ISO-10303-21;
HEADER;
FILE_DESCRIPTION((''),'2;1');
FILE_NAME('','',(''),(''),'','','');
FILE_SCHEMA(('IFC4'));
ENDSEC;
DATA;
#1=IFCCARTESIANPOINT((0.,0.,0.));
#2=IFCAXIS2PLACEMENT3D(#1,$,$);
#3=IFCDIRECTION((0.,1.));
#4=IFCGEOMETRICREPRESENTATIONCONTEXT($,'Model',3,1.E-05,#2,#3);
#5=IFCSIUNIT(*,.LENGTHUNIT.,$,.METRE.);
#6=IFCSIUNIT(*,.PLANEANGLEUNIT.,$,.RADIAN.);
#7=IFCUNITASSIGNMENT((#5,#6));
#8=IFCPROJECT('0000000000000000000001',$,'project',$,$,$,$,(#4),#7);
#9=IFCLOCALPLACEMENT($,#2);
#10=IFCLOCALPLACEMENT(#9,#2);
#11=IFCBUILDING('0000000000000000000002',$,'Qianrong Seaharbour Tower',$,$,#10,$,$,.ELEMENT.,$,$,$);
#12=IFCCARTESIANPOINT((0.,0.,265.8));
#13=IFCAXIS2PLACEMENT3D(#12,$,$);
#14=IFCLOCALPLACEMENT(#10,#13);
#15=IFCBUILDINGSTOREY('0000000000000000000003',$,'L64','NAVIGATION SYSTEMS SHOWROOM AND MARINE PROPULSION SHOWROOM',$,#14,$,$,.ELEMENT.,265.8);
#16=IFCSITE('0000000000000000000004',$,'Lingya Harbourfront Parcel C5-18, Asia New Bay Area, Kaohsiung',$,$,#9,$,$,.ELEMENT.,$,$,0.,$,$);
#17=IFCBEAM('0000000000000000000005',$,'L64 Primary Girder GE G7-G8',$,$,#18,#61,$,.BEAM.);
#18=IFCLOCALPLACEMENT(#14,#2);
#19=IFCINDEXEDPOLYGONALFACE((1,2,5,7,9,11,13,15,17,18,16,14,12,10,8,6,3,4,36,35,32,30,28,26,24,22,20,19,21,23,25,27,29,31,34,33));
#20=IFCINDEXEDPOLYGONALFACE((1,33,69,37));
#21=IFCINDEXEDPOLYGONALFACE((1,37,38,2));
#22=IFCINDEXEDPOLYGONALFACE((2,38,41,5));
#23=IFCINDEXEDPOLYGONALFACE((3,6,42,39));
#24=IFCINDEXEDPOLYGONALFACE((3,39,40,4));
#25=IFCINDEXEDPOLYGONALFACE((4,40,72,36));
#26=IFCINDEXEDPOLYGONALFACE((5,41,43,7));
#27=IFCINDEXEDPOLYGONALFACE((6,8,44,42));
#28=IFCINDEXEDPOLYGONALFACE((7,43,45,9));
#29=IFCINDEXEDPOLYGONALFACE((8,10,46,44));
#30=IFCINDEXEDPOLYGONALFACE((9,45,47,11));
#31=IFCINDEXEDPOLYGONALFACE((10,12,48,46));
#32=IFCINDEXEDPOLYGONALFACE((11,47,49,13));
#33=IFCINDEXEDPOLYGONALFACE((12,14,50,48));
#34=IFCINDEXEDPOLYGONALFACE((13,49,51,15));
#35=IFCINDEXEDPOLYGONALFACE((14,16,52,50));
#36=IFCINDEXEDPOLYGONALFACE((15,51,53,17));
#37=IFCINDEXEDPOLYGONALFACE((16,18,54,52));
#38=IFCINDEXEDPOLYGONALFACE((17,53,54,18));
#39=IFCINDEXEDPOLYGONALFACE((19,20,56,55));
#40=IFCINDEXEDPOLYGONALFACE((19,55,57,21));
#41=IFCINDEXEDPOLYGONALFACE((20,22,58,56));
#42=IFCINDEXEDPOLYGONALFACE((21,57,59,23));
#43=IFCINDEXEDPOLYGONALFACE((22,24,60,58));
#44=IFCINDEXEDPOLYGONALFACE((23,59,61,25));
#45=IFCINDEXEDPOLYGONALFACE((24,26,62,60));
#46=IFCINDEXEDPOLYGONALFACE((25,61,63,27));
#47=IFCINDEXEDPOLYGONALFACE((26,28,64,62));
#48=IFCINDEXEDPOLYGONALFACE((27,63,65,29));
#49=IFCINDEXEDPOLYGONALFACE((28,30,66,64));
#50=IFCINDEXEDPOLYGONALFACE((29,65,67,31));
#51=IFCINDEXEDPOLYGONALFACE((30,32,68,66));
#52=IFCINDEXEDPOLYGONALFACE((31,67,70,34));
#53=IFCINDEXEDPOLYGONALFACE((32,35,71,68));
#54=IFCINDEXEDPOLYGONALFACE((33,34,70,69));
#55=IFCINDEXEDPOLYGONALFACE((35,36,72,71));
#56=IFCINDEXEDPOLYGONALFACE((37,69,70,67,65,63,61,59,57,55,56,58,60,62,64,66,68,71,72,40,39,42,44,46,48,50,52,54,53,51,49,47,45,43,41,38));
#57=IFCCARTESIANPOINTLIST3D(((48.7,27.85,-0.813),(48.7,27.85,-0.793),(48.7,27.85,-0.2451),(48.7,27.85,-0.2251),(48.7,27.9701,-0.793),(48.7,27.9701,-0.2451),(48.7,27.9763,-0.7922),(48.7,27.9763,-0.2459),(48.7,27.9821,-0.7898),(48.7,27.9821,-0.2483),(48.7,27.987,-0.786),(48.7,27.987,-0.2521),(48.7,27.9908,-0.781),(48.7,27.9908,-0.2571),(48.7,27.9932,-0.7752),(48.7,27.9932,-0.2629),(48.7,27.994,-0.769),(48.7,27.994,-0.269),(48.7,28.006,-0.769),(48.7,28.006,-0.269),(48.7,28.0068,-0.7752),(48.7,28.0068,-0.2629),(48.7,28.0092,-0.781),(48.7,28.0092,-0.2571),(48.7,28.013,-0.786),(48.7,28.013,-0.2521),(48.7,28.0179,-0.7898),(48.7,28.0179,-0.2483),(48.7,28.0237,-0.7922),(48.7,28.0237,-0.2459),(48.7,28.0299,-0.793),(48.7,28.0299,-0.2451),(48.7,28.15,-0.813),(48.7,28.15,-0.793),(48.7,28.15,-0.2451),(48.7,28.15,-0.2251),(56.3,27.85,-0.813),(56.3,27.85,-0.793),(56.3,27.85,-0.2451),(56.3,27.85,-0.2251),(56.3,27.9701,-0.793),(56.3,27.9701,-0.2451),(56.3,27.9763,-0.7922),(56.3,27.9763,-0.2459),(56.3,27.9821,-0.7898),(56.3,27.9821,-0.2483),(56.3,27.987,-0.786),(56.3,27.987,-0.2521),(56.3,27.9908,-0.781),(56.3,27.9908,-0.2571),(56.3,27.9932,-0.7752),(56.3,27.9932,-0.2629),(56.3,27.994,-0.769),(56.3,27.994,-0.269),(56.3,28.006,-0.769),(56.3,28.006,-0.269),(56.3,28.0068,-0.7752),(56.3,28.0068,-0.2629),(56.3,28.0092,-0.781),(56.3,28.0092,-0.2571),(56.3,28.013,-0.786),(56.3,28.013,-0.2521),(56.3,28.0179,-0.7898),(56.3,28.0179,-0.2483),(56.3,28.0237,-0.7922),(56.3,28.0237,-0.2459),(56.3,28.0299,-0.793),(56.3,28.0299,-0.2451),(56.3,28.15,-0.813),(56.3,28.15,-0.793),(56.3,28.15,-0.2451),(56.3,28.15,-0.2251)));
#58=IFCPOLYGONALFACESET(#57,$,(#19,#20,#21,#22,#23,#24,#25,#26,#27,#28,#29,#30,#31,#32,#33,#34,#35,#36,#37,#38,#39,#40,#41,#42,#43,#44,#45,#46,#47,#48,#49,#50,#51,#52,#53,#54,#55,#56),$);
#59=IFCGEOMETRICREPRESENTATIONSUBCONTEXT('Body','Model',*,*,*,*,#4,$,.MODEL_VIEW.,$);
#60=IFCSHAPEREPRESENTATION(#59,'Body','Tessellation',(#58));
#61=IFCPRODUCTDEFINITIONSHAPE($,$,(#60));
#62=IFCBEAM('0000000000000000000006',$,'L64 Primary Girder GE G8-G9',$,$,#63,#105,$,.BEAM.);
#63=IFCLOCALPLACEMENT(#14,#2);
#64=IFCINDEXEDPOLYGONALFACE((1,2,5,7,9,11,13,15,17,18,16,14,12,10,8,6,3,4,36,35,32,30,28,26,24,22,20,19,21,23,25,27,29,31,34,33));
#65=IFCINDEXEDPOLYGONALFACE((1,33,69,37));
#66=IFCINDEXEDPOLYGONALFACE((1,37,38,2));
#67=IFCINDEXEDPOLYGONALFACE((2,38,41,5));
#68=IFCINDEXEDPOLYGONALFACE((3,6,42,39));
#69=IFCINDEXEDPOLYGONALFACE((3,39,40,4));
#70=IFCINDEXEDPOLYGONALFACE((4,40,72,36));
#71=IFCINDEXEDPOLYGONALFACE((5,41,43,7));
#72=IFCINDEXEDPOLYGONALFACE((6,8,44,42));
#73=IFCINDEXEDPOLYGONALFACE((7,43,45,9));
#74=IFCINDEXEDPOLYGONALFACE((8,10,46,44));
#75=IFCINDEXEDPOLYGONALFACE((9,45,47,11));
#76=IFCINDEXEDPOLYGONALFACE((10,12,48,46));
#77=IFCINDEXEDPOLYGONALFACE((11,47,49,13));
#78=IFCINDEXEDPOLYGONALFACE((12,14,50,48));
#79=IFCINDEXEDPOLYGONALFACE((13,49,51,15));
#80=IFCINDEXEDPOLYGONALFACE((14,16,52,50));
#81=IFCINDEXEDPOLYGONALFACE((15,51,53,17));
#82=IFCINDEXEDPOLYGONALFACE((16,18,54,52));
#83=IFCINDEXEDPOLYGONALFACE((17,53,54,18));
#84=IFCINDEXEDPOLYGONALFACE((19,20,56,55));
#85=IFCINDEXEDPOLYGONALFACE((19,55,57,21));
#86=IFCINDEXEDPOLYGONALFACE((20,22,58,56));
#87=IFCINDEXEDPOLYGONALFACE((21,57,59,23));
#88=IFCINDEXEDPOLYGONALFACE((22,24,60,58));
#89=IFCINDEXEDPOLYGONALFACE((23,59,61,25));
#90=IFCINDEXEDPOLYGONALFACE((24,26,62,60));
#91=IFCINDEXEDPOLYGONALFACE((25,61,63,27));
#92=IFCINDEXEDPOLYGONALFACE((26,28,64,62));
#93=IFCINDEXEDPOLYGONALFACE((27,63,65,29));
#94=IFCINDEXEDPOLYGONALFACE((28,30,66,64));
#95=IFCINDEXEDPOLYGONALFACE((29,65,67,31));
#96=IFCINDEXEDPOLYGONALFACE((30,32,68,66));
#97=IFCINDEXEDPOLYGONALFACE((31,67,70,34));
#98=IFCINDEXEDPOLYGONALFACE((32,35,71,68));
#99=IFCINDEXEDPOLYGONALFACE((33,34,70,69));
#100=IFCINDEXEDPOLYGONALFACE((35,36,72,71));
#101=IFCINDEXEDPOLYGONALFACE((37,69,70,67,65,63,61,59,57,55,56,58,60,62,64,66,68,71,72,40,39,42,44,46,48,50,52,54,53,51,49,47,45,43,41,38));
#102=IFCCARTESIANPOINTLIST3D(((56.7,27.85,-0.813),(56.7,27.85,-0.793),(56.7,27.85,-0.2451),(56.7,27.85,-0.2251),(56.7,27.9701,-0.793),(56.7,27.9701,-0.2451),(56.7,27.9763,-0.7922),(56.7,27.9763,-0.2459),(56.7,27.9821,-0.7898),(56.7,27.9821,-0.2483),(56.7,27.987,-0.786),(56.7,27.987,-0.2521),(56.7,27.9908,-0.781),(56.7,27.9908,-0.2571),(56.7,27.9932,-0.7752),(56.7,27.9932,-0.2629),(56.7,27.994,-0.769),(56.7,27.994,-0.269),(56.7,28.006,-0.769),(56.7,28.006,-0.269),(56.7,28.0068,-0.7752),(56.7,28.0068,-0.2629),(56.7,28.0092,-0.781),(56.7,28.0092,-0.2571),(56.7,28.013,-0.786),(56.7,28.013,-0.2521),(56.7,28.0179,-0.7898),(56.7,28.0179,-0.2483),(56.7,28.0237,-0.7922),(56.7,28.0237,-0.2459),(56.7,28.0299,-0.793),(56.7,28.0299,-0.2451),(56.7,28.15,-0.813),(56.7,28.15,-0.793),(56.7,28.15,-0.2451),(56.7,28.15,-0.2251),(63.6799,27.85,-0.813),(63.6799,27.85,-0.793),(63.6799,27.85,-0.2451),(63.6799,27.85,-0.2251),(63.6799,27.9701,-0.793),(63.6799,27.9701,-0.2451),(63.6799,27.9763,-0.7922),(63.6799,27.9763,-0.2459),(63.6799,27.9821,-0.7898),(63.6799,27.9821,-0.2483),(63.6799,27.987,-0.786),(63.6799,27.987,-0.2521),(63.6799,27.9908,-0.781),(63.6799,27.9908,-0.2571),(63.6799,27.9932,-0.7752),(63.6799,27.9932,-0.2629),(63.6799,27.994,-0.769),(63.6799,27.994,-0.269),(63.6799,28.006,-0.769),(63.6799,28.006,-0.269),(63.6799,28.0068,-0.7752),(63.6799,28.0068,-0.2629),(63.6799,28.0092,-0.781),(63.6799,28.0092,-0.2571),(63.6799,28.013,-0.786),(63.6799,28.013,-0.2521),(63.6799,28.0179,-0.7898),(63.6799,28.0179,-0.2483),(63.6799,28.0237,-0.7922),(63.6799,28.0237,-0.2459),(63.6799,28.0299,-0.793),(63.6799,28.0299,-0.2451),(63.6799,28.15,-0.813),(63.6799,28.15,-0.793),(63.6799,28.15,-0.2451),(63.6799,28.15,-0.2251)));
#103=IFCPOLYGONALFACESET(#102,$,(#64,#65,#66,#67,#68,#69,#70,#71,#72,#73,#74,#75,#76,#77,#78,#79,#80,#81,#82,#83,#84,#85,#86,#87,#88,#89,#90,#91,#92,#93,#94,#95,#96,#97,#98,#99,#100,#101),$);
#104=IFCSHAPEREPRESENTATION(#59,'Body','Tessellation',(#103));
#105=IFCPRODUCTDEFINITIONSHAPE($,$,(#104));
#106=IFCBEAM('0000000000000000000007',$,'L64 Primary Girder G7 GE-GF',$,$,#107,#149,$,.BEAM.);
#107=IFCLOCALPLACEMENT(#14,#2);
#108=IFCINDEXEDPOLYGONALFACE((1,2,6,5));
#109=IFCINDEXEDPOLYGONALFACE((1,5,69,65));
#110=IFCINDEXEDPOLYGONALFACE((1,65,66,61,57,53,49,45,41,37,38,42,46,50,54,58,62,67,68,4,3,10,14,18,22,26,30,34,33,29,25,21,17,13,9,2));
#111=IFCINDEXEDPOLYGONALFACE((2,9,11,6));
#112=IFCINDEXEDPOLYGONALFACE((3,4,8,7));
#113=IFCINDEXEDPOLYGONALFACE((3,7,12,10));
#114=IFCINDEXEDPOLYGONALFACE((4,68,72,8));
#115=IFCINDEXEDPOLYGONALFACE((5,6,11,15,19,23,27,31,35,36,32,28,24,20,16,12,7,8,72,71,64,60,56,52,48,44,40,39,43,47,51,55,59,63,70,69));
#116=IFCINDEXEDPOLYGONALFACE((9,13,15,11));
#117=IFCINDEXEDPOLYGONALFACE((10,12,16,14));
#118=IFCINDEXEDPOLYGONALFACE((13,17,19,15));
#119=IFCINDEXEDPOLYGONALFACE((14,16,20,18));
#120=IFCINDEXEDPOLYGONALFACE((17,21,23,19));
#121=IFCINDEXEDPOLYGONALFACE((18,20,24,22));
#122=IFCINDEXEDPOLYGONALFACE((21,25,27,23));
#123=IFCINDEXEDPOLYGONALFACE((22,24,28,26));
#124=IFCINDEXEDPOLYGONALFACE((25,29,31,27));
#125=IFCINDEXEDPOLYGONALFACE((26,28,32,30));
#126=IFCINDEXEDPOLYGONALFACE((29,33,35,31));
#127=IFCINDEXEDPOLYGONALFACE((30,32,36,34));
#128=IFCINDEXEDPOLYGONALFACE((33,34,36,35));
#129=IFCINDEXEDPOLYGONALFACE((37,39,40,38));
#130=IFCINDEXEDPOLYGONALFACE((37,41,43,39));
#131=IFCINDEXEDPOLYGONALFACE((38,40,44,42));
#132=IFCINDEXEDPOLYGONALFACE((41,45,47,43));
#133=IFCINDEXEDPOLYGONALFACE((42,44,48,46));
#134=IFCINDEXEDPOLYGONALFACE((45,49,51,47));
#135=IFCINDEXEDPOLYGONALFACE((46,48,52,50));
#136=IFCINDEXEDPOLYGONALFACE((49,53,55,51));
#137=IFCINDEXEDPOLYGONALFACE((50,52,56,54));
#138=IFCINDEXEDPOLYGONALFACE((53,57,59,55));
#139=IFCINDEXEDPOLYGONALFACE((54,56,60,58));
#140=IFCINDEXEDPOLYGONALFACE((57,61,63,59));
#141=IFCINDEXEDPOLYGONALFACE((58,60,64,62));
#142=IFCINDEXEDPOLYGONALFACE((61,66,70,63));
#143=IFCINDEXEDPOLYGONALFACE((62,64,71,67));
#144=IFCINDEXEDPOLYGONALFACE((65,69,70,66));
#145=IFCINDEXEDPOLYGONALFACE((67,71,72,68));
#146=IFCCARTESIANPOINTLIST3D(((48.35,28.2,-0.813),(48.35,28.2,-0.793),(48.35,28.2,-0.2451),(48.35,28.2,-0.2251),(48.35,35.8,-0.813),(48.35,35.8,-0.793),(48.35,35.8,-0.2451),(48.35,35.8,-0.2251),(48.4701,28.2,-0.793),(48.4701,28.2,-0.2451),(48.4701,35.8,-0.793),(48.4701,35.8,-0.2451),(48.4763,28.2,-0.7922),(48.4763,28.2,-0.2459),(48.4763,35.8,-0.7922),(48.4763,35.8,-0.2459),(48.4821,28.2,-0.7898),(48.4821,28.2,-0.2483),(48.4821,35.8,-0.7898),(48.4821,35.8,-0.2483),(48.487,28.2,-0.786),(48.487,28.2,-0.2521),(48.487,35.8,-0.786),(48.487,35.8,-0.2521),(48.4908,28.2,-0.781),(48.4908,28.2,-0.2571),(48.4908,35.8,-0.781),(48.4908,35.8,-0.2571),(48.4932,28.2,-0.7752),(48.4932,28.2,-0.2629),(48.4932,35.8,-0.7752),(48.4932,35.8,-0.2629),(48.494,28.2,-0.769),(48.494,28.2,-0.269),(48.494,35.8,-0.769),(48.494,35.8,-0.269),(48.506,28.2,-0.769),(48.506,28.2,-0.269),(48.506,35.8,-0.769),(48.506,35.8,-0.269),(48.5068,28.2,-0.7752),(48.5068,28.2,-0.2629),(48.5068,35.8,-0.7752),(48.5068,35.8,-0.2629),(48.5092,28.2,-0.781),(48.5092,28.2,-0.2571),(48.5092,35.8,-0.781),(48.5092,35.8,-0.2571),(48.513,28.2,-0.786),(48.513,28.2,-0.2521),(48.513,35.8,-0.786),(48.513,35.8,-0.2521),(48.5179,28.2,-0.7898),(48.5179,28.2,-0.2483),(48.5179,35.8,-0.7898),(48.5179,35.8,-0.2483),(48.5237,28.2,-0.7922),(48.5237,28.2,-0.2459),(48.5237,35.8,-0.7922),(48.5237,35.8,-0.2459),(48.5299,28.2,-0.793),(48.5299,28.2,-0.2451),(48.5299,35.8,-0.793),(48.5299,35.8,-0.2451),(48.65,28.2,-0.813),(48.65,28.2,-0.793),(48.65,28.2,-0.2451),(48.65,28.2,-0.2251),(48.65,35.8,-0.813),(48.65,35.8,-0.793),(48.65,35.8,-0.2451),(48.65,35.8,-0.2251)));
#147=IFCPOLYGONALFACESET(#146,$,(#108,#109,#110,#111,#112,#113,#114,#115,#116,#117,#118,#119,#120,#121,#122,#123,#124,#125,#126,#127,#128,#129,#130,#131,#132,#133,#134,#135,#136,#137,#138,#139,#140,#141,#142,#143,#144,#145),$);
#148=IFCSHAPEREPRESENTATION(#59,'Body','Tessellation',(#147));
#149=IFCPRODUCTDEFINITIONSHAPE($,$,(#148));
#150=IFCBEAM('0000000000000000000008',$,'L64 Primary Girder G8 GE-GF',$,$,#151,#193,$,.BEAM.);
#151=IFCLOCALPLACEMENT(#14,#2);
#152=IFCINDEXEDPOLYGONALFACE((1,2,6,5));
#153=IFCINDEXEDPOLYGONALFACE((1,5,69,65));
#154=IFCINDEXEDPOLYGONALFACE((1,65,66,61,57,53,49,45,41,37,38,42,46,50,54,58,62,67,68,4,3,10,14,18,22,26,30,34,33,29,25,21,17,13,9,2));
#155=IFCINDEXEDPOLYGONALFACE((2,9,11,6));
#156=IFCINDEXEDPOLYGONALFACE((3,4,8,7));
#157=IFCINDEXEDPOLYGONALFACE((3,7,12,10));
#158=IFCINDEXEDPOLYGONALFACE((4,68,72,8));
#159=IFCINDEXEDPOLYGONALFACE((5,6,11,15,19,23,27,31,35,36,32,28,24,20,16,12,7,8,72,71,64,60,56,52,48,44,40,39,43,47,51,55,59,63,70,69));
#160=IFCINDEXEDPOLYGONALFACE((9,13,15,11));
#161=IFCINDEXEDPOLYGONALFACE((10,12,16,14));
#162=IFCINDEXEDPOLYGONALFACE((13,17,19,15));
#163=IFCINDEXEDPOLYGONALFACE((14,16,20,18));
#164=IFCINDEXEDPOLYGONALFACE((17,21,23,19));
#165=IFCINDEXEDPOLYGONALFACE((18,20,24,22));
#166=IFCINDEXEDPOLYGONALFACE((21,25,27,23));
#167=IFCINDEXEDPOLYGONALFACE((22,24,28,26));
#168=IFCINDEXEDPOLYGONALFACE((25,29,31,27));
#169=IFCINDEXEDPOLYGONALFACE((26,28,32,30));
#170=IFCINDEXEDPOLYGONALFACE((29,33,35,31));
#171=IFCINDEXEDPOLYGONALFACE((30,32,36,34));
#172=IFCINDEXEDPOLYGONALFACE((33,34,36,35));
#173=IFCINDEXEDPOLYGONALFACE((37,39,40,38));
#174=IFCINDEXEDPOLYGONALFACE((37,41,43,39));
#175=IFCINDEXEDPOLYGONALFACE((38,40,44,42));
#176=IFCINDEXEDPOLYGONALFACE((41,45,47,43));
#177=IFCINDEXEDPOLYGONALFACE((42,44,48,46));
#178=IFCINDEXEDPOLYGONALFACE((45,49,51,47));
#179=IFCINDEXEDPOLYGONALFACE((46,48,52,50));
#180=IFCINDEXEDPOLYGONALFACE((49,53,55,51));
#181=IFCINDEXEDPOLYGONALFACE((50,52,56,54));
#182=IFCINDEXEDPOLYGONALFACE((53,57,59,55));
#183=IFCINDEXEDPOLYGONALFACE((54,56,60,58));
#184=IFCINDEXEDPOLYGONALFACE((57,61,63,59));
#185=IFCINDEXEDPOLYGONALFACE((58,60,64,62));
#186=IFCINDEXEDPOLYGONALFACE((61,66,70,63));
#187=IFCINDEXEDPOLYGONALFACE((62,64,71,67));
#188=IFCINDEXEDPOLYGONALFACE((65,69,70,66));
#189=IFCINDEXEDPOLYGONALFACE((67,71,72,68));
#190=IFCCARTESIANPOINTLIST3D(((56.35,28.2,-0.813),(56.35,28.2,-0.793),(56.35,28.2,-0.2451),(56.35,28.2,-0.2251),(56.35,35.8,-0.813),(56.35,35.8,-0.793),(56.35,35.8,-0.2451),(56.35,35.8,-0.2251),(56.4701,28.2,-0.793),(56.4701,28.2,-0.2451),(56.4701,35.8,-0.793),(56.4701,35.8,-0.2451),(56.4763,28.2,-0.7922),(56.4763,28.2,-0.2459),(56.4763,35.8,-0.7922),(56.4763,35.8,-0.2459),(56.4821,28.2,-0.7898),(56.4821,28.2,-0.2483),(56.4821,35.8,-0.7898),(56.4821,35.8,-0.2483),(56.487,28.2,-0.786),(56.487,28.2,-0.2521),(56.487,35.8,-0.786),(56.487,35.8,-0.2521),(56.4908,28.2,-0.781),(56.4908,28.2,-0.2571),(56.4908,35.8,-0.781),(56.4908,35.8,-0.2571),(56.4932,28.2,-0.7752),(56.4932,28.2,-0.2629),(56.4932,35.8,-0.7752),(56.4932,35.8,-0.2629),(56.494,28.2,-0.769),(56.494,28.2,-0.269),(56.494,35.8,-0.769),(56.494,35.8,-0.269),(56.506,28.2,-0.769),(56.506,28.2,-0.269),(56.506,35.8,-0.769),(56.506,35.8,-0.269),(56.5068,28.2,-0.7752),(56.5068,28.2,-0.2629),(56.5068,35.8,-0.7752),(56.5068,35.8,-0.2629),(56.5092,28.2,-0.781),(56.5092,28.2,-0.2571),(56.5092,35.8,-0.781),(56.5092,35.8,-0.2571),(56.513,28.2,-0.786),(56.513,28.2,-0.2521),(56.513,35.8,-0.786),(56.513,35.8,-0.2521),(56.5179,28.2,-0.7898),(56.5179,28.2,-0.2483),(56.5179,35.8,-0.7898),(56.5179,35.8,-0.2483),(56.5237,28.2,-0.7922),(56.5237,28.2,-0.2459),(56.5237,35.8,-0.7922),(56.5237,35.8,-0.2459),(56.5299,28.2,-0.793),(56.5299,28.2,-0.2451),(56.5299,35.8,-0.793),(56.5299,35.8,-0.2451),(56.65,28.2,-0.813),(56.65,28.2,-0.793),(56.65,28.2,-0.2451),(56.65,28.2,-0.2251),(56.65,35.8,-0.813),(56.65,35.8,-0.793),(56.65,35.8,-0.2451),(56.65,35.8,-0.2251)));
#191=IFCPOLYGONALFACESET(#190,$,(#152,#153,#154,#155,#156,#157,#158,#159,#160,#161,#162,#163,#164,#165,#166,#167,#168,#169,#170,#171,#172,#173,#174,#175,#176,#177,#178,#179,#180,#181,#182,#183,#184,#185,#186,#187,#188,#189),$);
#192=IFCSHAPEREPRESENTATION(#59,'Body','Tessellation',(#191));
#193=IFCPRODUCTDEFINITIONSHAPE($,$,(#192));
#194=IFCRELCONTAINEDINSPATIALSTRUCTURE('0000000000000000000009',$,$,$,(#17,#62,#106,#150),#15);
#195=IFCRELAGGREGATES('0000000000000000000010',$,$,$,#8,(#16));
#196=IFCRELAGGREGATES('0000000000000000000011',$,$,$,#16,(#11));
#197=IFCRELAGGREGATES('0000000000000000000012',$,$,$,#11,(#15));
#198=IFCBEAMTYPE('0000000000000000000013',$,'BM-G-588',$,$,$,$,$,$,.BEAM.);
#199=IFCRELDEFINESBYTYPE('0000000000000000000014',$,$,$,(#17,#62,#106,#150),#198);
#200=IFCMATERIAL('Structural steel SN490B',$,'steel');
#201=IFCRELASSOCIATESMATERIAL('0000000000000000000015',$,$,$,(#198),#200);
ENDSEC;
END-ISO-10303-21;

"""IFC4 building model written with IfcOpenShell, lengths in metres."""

from ifc_helpers import new_model, si_unit, direction, frame, origin, origin_2d, place, context, subcontext, project, spatial, i_section, extrude, material, material_profile, profile_set, type_object, element, save


model = new_model("IFC4")

# Units and contexts
model_context = context("Model", 3, precision=1e-05, world=origin(), true_north=direction((0.0, 1.0)))
body_context = subcontext(model_context, "Body", "Model", "MODEL_VIEW")
ifc_project = project(units=[si_unit("LENGTHUNIT", "METRE"), si_unit("PLANEANGLEUNIT", "RADIAN")], contexts=[model_context])

# Site, building, storey
site_placement = place(None, origin())
site = spatial("IfcSite", under=ifc_project, at=site_placement, Name="Lingya Harbourfront Parcel C5-18, Asia New Bay Area, Kaohsiung", CompositionType="ELEMENT", RefElevation=0.0)
building_placement = place(site_placement, origin())
building = spatial("IfcBuilding", under=site, at=building_placement, Name="Qianrong Seaharbour Tower", CompositionType="ELEMENT")
storey_placement = place(building_placement, frame((0.0, 0.0, 265.8)))
storey = spatial("IfcBuildingStorey", under=building, at=storey_placement, Name="L64", Description="NAVIGATION SYSTEMS SHOWROOM AND MARINE PROPULSION SHOWROOM", CompositionType="ELEMENT", Elevation=265.8)

# Shared definitions
ifc_material_1 = material(Name="Structural steel SN490B", Category="steel")

# Beams
ifc_material_profile_1 = material_profile(ifc_material_1, i_section(OverallWidth=0.3, OverallDepth=0.5879, WebThickness=0.012, FlangeThickness=0.02, FilletRadius=0.0239, at=origin_2d()), Name="H588x300x12x20")
ifc_profile_set_1 = profile_set([ifc_material_profile_1], Name="Structural steel SN490B")
beam_type_1 = type_object("IfcBeamType", Name="BM-G-588", PredefinedType="BEAM", material=ifc_profile_set_1)
beam_1_placement = place(storey_placement, frame((48.7, 28.0, -0.519), z_axis=(1.0, 0.0, 0.0), x_axis=(0.0, 1.0, 0.0)))
element("IfcBeam", 1, at=beam_1_placement, inside=storey, type_object=beam_type_1, Name="L64 Primary Girder GE G7-G8", PredefinedType="BEAM", context=body_context, shape_type="SweptSolid", body=[
    extrude(i_section(OverallWidth=0.3, OverallDepth=0.5879, WebThickness=0.012, FlangeThickness=0.02, FilletRadius=0.0239, at=origin_2d()), origin(), (0.0, 0.0, 1.0), 7.6001),
])
beam_2_placement = place(storey_placement, frame((56.7, 28.0, -0.519), z_axis=(1.0, 0.0, 0.0), x_axis=(0.0, 1.0, 0.0)))
element("IfcBeam", 2, at=beam_2_placement, inside=storey, type_object=beam_type_1, Name="L64 Primary Girder GE G8-G9", PredefinedType="BEAM", context=body_context, shape_type="SweptSolid", body=[
    extrude(i_section(OverallWidth=0.3, OverallDepth=0.5879, WebThickness=0.012, FlangeThickness=0.02, FilletRadius=0.0239, at=origin_2d()), origin(), (0.0, 0.0, 1.0), 6.98),
])
for number, where, z_axis, x_axis, name in (
    (3, (48.5, 28.2, -0.519), (0.0, 1.0, 0.0), (-1.0, 0.0, 0.0), "L64 Primary Girder G7 GE-GF"),
    (4, (56.5, 28.2, -0.519), (0.0, 1.0, 0.0), (-1.0, 0.0, 0.0), "L64 Primary Girder G8 GE-GF"),
):
    element("IfcBeam", number, at=place(storey_placement, frame(where, z_axis=z_axis, x_axis=x_axis)), inside=storey, type_object=beam_type_1, Name=name, PredefinedType="BEAM", context=body_context, shape_type="SweptSolid", body=[
        extrude(i_section(OverallWidth=0.3, OverallDepth=0.5879, WebThickness=0.012, FlangeThickness=0.02, FilletRadius=0.0239, at=origin_2d()), origin(), (0.0, 0.0, 1.0), 7.6001),
    ])

save(model, "model.ifc")
